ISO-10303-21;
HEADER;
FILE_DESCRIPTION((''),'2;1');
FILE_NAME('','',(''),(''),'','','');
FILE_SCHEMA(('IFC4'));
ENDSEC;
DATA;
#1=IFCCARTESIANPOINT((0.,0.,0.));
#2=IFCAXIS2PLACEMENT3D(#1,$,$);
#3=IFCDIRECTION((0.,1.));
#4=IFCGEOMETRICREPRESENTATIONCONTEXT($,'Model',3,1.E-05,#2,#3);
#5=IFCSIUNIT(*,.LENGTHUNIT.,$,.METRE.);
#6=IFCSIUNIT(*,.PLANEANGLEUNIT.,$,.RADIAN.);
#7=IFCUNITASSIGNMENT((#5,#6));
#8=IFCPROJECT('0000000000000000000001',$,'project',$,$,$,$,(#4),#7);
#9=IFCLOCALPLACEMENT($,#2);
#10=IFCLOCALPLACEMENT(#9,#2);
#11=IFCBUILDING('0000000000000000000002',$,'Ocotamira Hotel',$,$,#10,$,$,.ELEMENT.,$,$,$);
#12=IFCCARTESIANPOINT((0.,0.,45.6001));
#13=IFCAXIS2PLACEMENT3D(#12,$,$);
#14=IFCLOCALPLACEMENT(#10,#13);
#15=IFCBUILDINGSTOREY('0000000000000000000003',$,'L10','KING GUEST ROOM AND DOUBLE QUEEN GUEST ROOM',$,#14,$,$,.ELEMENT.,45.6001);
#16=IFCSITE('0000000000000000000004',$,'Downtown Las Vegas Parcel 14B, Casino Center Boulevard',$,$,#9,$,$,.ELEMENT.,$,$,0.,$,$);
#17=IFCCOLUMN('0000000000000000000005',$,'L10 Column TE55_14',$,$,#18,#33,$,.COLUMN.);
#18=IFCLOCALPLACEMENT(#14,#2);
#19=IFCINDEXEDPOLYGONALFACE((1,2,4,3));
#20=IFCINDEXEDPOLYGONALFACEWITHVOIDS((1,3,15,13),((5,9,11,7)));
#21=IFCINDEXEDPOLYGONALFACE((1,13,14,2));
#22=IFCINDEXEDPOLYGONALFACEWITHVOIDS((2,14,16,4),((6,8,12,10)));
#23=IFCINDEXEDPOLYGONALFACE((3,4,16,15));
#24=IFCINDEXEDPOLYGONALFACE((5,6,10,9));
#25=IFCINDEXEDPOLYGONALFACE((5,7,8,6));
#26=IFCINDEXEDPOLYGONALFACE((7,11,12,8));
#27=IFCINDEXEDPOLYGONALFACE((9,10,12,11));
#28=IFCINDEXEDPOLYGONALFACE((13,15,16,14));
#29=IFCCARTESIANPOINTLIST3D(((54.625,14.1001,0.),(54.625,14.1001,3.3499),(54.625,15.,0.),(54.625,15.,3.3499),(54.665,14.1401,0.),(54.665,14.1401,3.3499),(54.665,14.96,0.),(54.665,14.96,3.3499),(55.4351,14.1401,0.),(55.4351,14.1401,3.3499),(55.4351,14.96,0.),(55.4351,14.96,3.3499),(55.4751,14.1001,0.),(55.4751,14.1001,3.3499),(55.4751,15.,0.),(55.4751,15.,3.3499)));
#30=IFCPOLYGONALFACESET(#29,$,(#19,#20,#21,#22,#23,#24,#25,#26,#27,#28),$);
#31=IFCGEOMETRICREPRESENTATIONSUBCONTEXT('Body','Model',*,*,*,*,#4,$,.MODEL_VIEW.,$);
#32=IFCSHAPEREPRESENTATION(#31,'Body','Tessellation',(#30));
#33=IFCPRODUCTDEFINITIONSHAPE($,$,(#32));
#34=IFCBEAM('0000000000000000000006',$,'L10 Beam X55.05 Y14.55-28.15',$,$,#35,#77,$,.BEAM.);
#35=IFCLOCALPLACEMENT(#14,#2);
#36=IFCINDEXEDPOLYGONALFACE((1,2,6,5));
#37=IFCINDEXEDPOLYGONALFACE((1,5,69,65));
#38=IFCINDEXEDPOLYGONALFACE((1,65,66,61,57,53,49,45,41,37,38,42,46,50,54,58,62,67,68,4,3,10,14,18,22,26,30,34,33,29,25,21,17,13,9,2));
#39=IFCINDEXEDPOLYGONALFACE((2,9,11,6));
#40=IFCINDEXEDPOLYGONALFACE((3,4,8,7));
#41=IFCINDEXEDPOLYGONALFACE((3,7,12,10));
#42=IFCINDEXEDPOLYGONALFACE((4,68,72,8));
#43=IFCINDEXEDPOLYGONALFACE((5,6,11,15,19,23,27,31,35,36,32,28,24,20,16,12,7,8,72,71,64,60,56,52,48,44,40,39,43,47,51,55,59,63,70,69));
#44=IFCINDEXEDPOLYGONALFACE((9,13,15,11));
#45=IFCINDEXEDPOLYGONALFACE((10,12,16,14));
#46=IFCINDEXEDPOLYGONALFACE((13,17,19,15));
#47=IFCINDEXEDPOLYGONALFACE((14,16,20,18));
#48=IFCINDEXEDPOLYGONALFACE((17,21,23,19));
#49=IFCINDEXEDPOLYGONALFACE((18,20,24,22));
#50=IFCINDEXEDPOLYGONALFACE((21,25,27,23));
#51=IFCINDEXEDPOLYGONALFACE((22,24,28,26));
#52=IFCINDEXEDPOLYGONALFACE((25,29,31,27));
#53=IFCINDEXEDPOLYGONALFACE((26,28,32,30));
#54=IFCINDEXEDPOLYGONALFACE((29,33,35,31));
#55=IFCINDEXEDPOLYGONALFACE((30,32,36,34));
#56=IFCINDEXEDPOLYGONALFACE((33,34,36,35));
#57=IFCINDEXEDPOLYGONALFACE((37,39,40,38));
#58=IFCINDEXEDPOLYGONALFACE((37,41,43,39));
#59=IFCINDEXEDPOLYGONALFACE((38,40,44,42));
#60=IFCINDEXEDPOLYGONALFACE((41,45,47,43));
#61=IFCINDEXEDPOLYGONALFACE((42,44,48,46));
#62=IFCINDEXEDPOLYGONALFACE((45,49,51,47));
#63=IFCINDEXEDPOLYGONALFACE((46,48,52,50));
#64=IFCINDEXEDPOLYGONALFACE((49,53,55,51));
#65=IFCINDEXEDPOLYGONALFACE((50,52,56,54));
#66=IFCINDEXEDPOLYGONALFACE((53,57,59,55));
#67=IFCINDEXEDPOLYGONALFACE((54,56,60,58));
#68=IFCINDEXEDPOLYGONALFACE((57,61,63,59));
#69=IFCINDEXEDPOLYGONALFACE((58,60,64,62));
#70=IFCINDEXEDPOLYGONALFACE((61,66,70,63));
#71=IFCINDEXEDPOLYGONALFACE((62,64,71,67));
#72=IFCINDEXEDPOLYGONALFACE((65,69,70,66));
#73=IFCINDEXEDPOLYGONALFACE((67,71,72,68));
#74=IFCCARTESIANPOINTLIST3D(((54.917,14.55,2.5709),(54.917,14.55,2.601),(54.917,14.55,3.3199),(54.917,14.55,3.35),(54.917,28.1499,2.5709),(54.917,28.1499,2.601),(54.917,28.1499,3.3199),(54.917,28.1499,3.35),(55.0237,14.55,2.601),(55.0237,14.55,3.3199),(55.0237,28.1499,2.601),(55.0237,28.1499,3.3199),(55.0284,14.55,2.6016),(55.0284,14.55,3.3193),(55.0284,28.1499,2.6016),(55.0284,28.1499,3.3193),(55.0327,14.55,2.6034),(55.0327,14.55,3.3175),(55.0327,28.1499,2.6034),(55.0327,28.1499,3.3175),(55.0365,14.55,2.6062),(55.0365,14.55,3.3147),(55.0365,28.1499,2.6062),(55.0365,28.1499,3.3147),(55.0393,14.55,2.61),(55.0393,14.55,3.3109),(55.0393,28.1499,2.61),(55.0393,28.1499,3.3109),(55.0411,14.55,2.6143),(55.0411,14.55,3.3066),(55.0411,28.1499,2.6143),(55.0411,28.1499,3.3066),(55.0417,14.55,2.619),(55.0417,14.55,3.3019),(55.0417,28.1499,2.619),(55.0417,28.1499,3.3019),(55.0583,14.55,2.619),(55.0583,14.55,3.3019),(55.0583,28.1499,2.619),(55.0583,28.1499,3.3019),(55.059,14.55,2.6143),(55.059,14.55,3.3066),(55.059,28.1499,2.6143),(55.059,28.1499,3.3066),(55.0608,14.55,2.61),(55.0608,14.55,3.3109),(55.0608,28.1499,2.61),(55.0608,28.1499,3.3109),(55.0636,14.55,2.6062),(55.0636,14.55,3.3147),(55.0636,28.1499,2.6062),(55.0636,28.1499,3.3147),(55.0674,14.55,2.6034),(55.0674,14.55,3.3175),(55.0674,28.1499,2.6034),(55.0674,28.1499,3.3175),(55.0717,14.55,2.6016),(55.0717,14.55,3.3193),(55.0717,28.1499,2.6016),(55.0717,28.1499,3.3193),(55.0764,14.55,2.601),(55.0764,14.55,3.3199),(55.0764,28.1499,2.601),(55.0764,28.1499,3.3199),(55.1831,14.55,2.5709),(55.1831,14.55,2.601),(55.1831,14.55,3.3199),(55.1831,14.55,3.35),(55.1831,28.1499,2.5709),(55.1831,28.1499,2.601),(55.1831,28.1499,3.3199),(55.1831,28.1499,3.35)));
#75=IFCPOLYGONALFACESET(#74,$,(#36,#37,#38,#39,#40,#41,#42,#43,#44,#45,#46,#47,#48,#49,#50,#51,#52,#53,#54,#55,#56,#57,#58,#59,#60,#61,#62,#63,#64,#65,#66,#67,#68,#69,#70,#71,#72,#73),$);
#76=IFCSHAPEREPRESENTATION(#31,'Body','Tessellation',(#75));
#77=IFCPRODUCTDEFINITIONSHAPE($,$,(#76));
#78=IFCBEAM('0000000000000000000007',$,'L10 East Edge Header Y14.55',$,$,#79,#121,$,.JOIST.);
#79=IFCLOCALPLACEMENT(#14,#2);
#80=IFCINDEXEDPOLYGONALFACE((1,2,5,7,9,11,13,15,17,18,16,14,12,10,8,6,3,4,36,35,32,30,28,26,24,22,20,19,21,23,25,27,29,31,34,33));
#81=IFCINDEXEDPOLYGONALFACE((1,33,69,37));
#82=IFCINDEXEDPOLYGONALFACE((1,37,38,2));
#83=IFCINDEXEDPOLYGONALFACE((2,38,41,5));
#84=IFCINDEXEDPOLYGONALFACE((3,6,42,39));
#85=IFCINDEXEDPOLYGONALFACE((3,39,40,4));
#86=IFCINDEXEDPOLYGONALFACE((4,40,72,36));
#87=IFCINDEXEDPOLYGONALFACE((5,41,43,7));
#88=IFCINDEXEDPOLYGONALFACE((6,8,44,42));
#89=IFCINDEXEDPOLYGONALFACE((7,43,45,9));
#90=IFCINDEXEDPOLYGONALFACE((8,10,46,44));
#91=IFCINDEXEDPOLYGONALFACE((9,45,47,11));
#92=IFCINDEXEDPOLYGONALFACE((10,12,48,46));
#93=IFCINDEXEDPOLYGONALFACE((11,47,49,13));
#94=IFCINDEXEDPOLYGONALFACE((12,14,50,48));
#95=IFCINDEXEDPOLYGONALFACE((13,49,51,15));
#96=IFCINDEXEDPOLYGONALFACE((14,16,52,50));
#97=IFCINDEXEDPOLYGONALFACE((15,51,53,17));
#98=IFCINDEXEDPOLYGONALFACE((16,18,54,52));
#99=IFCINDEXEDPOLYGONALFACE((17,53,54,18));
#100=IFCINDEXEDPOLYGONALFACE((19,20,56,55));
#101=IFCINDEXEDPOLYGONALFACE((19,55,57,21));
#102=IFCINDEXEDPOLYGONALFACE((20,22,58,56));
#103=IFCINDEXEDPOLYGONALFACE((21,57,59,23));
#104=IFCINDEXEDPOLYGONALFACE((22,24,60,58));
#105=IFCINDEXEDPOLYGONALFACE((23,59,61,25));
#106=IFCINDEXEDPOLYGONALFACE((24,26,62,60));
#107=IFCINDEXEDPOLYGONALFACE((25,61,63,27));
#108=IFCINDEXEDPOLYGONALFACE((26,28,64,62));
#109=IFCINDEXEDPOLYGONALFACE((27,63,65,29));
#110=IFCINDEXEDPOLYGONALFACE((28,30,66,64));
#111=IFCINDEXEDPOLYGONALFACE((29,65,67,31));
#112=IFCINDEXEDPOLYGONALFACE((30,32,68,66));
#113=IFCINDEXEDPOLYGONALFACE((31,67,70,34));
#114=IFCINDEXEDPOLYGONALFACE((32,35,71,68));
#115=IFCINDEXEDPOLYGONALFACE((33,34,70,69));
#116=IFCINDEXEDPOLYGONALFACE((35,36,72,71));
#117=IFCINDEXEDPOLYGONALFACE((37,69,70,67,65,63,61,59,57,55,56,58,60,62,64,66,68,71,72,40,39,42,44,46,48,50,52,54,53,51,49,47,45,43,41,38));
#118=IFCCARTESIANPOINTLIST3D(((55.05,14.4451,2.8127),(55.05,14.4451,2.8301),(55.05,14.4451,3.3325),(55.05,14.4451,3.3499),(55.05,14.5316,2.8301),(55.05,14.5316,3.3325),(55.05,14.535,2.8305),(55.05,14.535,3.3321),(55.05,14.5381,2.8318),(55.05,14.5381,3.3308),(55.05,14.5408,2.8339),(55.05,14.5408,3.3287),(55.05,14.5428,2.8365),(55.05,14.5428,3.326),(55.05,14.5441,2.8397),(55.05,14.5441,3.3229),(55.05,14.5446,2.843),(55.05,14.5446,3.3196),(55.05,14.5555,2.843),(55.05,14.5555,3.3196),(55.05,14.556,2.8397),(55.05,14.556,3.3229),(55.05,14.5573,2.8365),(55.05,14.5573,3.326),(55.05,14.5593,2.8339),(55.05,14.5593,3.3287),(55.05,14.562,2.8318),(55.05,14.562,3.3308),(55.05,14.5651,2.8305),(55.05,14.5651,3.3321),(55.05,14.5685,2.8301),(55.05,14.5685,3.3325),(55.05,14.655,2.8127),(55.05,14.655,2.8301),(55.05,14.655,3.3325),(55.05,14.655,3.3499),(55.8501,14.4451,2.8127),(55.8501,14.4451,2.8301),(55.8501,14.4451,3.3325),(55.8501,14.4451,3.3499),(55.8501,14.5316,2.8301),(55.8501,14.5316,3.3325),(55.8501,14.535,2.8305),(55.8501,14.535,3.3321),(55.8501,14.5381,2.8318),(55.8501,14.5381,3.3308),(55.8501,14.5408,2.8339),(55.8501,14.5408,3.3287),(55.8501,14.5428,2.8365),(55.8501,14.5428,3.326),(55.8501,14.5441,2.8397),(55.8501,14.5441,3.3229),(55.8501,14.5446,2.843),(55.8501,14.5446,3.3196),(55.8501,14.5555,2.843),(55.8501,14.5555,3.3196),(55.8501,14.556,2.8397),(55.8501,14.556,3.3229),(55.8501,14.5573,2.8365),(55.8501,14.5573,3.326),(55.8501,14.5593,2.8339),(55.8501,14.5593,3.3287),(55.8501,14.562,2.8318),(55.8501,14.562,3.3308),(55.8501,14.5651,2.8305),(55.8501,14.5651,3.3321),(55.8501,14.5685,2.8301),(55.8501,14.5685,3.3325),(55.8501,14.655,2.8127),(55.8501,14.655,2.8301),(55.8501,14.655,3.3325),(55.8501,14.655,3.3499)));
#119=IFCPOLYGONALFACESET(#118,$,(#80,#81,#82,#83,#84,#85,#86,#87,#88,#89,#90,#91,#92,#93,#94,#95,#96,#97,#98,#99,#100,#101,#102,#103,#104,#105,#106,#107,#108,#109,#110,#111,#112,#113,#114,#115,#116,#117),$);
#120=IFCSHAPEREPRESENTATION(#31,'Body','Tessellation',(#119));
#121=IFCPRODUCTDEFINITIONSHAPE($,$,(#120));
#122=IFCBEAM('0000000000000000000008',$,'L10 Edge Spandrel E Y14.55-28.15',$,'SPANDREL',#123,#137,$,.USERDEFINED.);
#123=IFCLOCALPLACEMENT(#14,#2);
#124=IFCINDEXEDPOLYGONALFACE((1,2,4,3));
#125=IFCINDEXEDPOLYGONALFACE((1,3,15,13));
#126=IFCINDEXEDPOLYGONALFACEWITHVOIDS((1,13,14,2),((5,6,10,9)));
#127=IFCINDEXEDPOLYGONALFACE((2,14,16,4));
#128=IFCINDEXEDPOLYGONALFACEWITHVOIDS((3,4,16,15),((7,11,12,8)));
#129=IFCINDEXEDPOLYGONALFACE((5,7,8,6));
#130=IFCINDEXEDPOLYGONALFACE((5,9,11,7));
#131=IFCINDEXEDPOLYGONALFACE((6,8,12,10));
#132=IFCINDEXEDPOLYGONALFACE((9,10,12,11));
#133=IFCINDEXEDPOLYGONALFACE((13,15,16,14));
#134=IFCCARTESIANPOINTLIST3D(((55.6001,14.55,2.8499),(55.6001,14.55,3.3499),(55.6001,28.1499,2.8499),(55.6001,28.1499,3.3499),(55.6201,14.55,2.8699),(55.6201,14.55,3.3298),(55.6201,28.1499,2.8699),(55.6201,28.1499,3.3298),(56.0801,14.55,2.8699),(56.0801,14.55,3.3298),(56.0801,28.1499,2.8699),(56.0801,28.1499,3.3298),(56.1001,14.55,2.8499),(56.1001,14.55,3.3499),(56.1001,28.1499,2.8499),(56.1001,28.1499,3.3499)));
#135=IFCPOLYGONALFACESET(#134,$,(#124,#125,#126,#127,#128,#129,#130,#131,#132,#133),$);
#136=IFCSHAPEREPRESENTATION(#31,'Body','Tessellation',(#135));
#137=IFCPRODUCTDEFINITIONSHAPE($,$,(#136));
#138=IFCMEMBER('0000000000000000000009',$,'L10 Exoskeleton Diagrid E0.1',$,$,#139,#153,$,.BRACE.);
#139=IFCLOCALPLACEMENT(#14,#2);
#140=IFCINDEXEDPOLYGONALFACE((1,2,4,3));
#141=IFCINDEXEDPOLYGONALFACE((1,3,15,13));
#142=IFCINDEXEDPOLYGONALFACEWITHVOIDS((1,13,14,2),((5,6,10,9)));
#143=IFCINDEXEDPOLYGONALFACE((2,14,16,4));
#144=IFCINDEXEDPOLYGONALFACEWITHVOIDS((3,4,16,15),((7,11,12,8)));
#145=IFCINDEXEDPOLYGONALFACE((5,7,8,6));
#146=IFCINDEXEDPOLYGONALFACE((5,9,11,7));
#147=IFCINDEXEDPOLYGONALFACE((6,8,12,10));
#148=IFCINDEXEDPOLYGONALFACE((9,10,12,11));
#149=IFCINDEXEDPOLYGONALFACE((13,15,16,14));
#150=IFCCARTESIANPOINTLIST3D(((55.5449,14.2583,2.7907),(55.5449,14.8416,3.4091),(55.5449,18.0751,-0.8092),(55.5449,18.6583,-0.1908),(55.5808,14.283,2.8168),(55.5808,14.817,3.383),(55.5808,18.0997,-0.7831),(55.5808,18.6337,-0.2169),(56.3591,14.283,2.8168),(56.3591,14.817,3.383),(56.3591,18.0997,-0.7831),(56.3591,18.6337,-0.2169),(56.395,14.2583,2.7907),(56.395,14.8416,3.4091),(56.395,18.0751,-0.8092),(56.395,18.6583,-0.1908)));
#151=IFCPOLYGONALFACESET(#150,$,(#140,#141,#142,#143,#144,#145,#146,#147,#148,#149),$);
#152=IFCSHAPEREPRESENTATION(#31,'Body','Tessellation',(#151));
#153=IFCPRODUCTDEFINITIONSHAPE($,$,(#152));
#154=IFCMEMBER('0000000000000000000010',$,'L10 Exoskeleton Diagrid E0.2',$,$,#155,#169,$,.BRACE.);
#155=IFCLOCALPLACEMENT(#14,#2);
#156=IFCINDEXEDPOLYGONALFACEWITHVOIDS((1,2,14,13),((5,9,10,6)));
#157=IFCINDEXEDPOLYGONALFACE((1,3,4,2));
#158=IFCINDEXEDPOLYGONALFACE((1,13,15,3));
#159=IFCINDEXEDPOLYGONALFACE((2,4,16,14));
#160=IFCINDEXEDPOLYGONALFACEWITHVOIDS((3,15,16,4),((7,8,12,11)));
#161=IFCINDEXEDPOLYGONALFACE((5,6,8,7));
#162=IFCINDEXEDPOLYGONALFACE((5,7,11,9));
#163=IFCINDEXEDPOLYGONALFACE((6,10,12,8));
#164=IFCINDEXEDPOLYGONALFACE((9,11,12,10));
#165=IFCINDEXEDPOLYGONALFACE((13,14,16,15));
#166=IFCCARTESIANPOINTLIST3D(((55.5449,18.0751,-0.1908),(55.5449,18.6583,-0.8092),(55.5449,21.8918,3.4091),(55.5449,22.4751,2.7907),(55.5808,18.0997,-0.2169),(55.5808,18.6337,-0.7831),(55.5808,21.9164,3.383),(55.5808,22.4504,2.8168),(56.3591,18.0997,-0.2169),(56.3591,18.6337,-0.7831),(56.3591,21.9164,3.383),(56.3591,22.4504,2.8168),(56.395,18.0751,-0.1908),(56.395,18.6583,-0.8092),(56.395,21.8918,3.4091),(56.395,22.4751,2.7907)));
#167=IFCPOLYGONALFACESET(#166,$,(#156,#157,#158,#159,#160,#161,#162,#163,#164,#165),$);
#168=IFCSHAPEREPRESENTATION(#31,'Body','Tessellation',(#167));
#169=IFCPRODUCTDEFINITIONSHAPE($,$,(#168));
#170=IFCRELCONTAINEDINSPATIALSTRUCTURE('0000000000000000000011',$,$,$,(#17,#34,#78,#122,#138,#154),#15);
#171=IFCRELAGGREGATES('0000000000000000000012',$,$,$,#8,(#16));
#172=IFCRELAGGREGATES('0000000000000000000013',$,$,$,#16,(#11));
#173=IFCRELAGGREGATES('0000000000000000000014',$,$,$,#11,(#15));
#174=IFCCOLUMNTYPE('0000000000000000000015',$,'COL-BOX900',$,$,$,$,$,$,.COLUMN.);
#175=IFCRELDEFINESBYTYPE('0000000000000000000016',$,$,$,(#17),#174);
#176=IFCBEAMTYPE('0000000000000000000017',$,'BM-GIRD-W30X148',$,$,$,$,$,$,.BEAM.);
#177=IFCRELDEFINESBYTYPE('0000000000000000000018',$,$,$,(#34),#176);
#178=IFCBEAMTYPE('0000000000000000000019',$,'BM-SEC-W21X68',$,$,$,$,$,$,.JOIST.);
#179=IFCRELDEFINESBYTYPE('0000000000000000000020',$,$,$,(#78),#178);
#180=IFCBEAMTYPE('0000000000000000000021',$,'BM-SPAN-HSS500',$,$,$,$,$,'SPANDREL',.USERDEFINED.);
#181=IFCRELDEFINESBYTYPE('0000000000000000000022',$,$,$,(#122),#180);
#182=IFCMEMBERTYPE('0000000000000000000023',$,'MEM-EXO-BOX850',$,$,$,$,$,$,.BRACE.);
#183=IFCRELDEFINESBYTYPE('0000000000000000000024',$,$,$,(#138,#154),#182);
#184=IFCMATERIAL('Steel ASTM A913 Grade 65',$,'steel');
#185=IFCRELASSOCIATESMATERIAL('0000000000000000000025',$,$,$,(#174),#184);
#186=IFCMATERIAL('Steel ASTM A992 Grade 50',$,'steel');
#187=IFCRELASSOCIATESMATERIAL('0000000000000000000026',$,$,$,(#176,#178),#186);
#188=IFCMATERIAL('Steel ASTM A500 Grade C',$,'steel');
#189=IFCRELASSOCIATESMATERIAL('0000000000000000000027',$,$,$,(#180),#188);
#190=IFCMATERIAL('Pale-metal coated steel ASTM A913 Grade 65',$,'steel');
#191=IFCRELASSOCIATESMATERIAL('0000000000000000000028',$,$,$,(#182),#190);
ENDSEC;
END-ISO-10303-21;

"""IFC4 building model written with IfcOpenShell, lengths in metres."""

from ifc_helpers import new_model, si_unit, direction, frame, origin, origin_2d, place, context, subcontext, project, spatial, hollow_rectangle, i_section, extrude, source, transform, mapped, material, material_profile, profile_set, type_object, element, save


model = new_model("IFC4")

# Units and contexts
model_context = context("Model", 3, precision=1e-05, world=origin(), true_north=direction((0.0, 1.0)))
body_context = subcontext(model_context, "Body", "Model", "MODEL_VIEW")
ifc_project = project(units=[si_unit("LENGTHUNIT", "METRE"), si_unit("PLANEANGLEUNIT", "RADIAN")], contexts=[model_context])

# Site, building, storey
site_placement = place(None, origin())
site = spatial("IfcSite", under=ifc_project, at=site_placement, Name="Downtown Las Vegas Parcel 14B, Casino Center Boulevard", CompositionType="ELEMENT", RefElevation=0.0)
building_placement = place(site_placement, origin())
building = spatial("IfcBuilding", under=site, at=building_placement, Name="Ocotamira Hotel", CompositionType="ELEMENT")
storey_placement = place(building_placement, frame((0.0, 0.0, 45.6001)))
storey = spatial("IfcBuildingStorey", under=building, at=storey_placement, Name="L10", Description="KING GUEST ROOM AND DOUBLE QUEEN GUEST ROOM", CompositionType="ELEMENT", Elevation=45.6001)

# Column
ifc_material_1 = material(Name="Steel ASTM A913 Grade 65", Category="steel")
ifc_material_profile_1 = material_profile(ifc_material_1, hollow_rectangle(XDim=0.8501, YDim=0.8999, WallThickness=0.04, at=origin_2d()), Name="BOX900X850X40")
ifc_profile_set_1 = profile_set([ifc_material_profile_1], Name="Steel ASTM A913 Grade 65")
column_type = type_object("IfcColumnType", Name="COL-BOX900", PredefinedType="COLUMN", material=ifc_profile_set_1)
shared_shape_1 = source(origin(), body_context, "Body", "SweptSolid", [
    extrude(hollow_rectangle(XDim=0.8501, YDim=0.8999, WallThickness=0.04, at=origin_2d()), origin(), (0.0, 0.0, 1.0), 3.3499),
])
column_placement = place(storey_placement, frame((55.05, 14.55, 0.0), z_axis=(0.0, 0.0, 1.0), x_axis=(1.0, 0.0, 0.0)))
element("IfcColumn", 1, at=column_placement, inside=storey, type_object=column_type, Name="L10 Column TE55_14", PredefinedType="COLUMN", context=body_context, shape_type="MappedRepresentation", body=[
    mapped(shared_shape_1, transform((0.0, 0.0, 0.0), scale=1.0)),
])

# Beams
ifc_material_2 = material(Name="Steel ASTM A992 Grade 50", Category="steel")
ifc_material_profile_2 = material_profile(ifc_material_2, i_section(OverallWidth=0.2661, OverallDepth=0.7791, WebThickness=0.0166, FlangeThickness=0.03, FilletRadius=0.0181, at=origin_2d()), Name="W30X148")
ifc_profile_set_2 = profile_set([ifc_material_profile_2], Name="Steel ASTM A992 Grade 50")
beam_type_1 = type_object("IfcBeamType", Name="BM-GIRD-W30X148", PredefinedType="BEAM", material=ifc_profile_set_2)
shared_shape_2 = source(origin(), body_context, "Body", "SweptSolid", [
    extrude(i_section(OverallWidth=0.2661, OverallDepth=0.7791, WebThickness=0.0166, FlangeThickness=0.03, FilletRadius=0.0181, at=origin_2d()), origin(), (0.0, 0.0, 1.0), 13.5999),
])
beam_1_placement = place(storey_placement, frame((55.05, 14.55, 2.9604), z_axis=(0.0, 1.0, 0.0), x_axis=(-1.0, 0.0, 0.0)))
element("IfcBeam", 2, at=beam_1_placement, inside=storey, type_object=beam_type_1, Name="L10 Beam X55.05 Y14.55-28.15", PredefinedType="BEAM", context=body_context, shape_type="MappedRepresentation", body=[
    mapped(shared_shape_2, transform((0.0, 0.0, 0.0), scale=1.0)),
])
ifc_material_profile_3 = material_profile(ifc_material_2, i_section(OverallWidth=0.21, OverallDepth=0.5371, WebThickness=0.011, FlangeThickness=0.0173, FilletRadius=0.0129, at=origin_2d()), Name="W21X68")
ifc_profile_set_3 = profile_set([ifc_material_profile_3], Name="Steel ASTM A992 Grade 50")
beam_type_2 = type_object("IfcBeamType", Name="BM-SEC-W21X68", PredefinedType="JOIST", material=ifc_profile_set_3)
shared_shape_3 = source(origin(), body_context, "Body", "SweptSolid", [
    extrude(i_section(OverallWidth=0.21, OverallDepth=0.5371, WebThickness=0.011, FlangeThickness=0.0173, FilletRadius=0.0129, at=origin_2d()), origin(), (0.0, 0.0, 1.0), 0.8),
])
beam_2_placement = place(storey_placement, frame((55.05, 14.55, 3.0813), z_axis=(1.0, 0.0, 0.0), x_axis=(0.0, 1.0, 0.0)))
element("IfcBeam", 3, at=beam_2_placement, inside=storey, type_object=beam_type_2, Name="L10 East Edge Header Y14.55", PredefinedType="JOIST", context=body_context, shape_type="MappedRepresentation", body=[
    mapped(shared_shape_3, transform((0.0, 0.0, 0.0), scale=1.0)),
])
ifc_material_3 = material(Name="Steel ASTM A500 Grade C", Category="steel")
ifc_material_profile_4 = material_profile(ifc_material_3, hollow_rectangle(XDim=0.5, YDim=0.5, WallThickness=0.02, at=origin_2d()), Name="HSS500X500X20")
ifc_profile_set_4 = profile_set([ifc_material_profile_4], Name="Steel ASTM A500 Grade C")
beam_type_3 = type_object("IfcBeamType", Name="BM-SPAN-HSS500", ElementType="SPANDREL", PredefinedType="USERDEFINED", material=ifc_profile_set_4)
shared_shape_4 = source(origin(), body_context, "Body", "SweptSolid", [
    extrude(hollow_rectangle(XDim=0.5, YDim=0.5, WallThickness=0.02, at=origin_2d()), origin(), (0.0, 0.0, 1.0), 13.5999),
])
beam_3_placement = place(storey_placement, frame((55.8501, 14.55, 3.0999), z_axis=(0.0, 1.0, 0.0), x_axis=(-1.0, 0.0, 0.0)))
element("IfcBeam", 4, at=beam_3_placement, inside=storey, type_object=beam_type_3, Name="L10 Edge Spandrel E Y14.55-28.15", ObjectType="SPANDREL", PredefinedType="USERDEFINED", context=body_context, shape_type="MappedRepresentation", body=[
    mapped(shared_shape_4, transform((0.0, 0.0, 0.0), scale=1.0)),
])

# Members
ifc_material_4 = material(Name="Pale-metal coated steel ASTM A913 Grade 65", Category="steel")
ifc_material_profile_5 = material_profile(ifc_material_4, hollow_rectangle(XDim=0.8501, YDim=0.8501, WallThickness=0.0359, at=origin_2d()), Name="BOX850X850X36")
ifc_profile_set_5 = profile_set([ifc_material_profile_5], Name="Pale-metal coated steel ASTM A913 Grade 65")
member_type_1 = type_object("IfcMemberType", Name="MEM-EXO-BOX850", PredefinedType="BRACE", material=ifc_profile_set_5)
shared_shape_5 = source(origin(), body_context, "Body", "SweptSolid", [
    extrude(hollow_rectangle(XDim=0.8501, YDim=0.8501, WallThickness=0.0359, at=origin_2d()), origin(), (0.0, 0.0, 1.0), 5.2466),
])
for number, where, z_axis, x_axis, name in (
    (5, (55.97, 18.3667, -0.5), (0.0, -0.727466, 0.686144), (1.0, 0.0, 0.0), "L10 Exoskeleton Diagrid E0.1"),
    (6, (55.97, 18.3667, -0.5), (0.0, 0.727466, 0.686144), (-1.0, 0.0, 0.0), "L10 Exoskeleton Diagrid E0.2"),
):
    element("IfcMember", number, at=place(storey_placement, frame(where, z_axis=z_axis, x_axis=x_axis)), inside=storey, type_object=member_type_1, Name=name, PredefinedType="BRACE", context=body_context, shape_type="MappedRepresentation", body=[
        mapped(shared_shape_5, transform((0.0, 0.0, 0.0), scale=1.0)),
    ])

save(model, "model.ifc")
